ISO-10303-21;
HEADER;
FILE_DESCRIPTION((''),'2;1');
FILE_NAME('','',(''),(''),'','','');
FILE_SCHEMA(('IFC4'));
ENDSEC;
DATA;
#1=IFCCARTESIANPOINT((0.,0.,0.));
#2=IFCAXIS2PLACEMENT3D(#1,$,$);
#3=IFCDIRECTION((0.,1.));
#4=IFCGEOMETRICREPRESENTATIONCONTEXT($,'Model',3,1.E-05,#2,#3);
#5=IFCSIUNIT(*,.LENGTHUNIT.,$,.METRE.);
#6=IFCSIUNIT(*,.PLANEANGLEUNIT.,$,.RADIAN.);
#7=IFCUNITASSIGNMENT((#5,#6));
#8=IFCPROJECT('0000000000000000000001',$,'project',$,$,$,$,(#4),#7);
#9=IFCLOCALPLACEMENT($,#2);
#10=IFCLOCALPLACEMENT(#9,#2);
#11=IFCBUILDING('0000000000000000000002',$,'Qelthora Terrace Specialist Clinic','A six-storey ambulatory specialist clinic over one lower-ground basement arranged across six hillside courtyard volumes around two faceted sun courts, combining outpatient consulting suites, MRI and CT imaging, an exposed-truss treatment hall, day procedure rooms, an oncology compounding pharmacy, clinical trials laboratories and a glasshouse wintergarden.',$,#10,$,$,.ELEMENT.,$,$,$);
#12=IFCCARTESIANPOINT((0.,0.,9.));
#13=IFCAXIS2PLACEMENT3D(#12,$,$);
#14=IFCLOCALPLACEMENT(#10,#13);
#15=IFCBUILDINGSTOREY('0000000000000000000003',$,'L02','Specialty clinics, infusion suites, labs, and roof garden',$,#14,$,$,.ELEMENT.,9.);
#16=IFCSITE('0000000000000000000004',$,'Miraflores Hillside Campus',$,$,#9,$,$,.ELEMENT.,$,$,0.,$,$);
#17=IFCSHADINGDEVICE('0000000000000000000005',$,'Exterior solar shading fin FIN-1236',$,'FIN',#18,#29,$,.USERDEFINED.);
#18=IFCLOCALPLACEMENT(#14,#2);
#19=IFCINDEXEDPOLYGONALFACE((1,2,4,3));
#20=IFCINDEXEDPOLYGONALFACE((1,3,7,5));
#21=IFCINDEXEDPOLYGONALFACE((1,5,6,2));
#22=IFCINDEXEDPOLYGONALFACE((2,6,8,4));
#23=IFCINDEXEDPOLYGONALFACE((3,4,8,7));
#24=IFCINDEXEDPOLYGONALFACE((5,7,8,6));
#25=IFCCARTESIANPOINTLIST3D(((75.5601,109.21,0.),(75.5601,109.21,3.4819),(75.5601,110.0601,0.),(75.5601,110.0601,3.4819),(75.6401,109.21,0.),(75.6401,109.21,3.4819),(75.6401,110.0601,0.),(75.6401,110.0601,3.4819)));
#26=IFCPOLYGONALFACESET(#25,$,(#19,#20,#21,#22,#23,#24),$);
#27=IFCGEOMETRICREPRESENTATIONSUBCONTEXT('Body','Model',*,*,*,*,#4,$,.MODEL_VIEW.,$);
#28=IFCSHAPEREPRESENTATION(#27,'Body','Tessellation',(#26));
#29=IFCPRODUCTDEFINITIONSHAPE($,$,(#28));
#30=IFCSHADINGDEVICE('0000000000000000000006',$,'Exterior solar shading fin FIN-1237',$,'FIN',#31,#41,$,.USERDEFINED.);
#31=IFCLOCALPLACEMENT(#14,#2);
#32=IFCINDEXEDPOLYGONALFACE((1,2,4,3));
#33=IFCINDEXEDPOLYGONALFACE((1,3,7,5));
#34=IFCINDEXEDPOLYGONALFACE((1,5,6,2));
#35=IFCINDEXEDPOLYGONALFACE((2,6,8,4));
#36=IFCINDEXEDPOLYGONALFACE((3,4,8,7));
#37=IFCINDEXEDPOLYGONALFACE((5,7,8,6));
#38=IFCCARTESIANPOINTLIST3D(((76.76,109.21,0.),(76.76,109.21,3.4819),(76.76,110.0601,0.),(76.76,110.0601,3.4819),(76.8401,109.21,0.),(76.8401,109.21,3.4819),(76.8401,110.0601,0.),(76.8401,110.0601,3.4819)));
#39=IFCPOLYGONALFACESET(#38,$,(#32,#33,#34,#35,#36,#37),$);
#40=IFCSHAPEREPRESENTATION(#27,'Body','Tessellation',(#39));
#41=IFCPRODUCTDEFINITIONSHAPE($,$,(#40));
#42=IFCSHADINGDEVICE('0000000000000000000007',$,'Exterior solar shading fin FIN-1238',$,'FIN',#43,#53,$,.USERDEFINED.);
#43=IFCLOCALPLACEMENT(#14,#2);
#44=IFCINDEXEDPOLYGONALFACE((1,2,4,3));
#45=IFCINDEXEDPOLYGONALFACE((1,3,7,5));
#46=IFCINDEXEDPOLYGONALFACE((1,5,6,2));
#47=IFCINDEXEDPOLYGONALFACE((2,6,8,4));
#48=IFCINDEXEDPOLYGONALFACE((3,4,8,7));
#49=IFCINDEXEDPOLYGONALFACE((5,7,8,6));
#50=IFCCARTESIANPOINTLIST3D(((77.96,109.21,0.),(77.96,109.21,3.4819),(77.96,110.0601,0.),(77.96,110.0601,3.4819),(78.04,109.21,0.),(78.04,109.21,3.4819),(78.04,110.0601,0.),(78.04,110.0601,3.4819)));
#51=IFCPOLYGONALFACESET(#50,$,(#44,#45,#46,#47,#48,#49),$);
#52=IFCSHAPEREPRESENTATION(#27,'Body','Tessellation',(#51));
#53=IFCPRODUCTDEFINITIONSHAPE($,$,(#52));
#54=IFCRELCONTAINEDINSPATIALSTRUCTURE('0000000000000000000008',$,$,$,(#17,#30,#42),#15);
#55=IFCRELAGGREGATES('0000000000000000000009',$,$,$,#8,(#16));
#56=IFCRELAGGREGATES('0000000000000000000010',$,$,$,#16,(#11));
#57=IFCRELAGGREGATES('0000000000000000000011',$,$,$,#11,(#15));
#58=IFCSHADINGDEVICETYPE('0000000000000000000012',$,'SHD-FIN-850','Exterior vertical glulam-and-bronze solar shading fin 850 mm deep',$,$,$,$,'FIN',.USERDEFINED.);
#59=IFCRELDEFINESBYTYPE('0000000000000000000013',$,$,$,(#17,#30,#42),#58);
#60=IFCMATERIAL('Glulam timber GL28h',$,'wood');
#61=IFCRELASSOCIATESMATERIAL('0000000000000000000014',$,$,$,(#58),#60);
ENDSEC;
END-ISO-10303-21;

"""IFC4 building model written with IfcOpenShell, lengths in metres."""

from ifc_helpers import new_model, si_unit, direction, frame, origin, origin_2d, place, context, subcontext, project, spatial, rectangle, extrude, material, type_object, element, save


model = new_model("IFC4")

# Units and contexts
model_context = context("Model", 3, precision=1e-05, world=origin(), true_north=direction((0.0, 1.0)))
body_context = subcontext(model_context, "Body", "Model", "MODEL_VIEW")
ifc_project = project(units=[si_unit("LENGTHUNIT", "METRE"), si_unit("PLANEANGLEUNIT", "RADIAN")], contexts=[model_context])

# Site, building, storey
site_placement = place(None, origin())
site = spatial("IfcSite", under=ifc_project, at=site_placement, Name="Miraflores Hillside Campus", CompositionType="ELEMENT", RefElevation=0.0)
building_placement = place(site_placement, origin())
building = spatial("IfcBuilding", under=site, at=building_placement, Name="Qelthora Terrace Specialist Clinic", Description="A six-storey ambulatory specialist clinic over one lower-ground basement arranged across six hillside courtyard volumes around two faceted sun courts, combining outpatient consulting suites, MRI and CT imaging, an exposed-truss treatment hall, day procedure rooms, an oncology compounding pharmacy, clinical trials laboratories and a glasshouse wintergarden.", CompositionType="ELEMENT")
storey_placement = place(building_placement, frame((0.0, 0.0, 9.0)))
storey = spatial("IfcBuildingStorey", under=building, at=storey_placement, Name="L02", Description="Specialty clinics, infusion suites, labs, and roof garden", CompositionType="ELEMENT", Elevation=9.0)

# Shading devices
ifc_material_1 = material(Name="Glulam timber GL28h", Category="wood")
shading_device_type = type_object("IfcShadingDeviceType", Name="SHD-FIN-850", Description="Exterior vertical glulam-and-bronze solar shading fin 850 mm deep", ElementType="FIN", PredefinedType="USERDEFINED", material=ifc_material_1)
for number, where, z_axis, x_axis, name in (
    (1, (75.6001, 109.635, 0.0), (0.0, 0.0, 1.0), (0.0, 1.0, 0.0), "Exterior solar shading fin FIN-1236"),
    (2, (76.8, 109.635, 0.0), (0.0, 0.0, 1.0), (0.0, 1.0, 0.0), "Exterior solar shading fin FIN-1237"),
    (3, (78.0, 109.635, 0.0), (0.0, 0.0, 1.0), (0.0, 1.0, 0.0), "Exterior solar shading fin FIN-1238"),
):
    element("IfcShadingDevice", number, at=place(storey_placement, frame(where, z_axis=z_axis, x_axis=x_axis)), inside=storey, type_object=shading_device_type, Name=name, ObjectType="FIN", PredefinedType="USERDEFINED", context=body_context, shape_type="SweptSolid", body=[
        extrude(rectangle(XDim=0.8501, YDim=0.0801, at=origin_2d()), origin(), (0.0, 0.0, 1.0), 3.4819),
    ])

save(model, "model.ifc")
